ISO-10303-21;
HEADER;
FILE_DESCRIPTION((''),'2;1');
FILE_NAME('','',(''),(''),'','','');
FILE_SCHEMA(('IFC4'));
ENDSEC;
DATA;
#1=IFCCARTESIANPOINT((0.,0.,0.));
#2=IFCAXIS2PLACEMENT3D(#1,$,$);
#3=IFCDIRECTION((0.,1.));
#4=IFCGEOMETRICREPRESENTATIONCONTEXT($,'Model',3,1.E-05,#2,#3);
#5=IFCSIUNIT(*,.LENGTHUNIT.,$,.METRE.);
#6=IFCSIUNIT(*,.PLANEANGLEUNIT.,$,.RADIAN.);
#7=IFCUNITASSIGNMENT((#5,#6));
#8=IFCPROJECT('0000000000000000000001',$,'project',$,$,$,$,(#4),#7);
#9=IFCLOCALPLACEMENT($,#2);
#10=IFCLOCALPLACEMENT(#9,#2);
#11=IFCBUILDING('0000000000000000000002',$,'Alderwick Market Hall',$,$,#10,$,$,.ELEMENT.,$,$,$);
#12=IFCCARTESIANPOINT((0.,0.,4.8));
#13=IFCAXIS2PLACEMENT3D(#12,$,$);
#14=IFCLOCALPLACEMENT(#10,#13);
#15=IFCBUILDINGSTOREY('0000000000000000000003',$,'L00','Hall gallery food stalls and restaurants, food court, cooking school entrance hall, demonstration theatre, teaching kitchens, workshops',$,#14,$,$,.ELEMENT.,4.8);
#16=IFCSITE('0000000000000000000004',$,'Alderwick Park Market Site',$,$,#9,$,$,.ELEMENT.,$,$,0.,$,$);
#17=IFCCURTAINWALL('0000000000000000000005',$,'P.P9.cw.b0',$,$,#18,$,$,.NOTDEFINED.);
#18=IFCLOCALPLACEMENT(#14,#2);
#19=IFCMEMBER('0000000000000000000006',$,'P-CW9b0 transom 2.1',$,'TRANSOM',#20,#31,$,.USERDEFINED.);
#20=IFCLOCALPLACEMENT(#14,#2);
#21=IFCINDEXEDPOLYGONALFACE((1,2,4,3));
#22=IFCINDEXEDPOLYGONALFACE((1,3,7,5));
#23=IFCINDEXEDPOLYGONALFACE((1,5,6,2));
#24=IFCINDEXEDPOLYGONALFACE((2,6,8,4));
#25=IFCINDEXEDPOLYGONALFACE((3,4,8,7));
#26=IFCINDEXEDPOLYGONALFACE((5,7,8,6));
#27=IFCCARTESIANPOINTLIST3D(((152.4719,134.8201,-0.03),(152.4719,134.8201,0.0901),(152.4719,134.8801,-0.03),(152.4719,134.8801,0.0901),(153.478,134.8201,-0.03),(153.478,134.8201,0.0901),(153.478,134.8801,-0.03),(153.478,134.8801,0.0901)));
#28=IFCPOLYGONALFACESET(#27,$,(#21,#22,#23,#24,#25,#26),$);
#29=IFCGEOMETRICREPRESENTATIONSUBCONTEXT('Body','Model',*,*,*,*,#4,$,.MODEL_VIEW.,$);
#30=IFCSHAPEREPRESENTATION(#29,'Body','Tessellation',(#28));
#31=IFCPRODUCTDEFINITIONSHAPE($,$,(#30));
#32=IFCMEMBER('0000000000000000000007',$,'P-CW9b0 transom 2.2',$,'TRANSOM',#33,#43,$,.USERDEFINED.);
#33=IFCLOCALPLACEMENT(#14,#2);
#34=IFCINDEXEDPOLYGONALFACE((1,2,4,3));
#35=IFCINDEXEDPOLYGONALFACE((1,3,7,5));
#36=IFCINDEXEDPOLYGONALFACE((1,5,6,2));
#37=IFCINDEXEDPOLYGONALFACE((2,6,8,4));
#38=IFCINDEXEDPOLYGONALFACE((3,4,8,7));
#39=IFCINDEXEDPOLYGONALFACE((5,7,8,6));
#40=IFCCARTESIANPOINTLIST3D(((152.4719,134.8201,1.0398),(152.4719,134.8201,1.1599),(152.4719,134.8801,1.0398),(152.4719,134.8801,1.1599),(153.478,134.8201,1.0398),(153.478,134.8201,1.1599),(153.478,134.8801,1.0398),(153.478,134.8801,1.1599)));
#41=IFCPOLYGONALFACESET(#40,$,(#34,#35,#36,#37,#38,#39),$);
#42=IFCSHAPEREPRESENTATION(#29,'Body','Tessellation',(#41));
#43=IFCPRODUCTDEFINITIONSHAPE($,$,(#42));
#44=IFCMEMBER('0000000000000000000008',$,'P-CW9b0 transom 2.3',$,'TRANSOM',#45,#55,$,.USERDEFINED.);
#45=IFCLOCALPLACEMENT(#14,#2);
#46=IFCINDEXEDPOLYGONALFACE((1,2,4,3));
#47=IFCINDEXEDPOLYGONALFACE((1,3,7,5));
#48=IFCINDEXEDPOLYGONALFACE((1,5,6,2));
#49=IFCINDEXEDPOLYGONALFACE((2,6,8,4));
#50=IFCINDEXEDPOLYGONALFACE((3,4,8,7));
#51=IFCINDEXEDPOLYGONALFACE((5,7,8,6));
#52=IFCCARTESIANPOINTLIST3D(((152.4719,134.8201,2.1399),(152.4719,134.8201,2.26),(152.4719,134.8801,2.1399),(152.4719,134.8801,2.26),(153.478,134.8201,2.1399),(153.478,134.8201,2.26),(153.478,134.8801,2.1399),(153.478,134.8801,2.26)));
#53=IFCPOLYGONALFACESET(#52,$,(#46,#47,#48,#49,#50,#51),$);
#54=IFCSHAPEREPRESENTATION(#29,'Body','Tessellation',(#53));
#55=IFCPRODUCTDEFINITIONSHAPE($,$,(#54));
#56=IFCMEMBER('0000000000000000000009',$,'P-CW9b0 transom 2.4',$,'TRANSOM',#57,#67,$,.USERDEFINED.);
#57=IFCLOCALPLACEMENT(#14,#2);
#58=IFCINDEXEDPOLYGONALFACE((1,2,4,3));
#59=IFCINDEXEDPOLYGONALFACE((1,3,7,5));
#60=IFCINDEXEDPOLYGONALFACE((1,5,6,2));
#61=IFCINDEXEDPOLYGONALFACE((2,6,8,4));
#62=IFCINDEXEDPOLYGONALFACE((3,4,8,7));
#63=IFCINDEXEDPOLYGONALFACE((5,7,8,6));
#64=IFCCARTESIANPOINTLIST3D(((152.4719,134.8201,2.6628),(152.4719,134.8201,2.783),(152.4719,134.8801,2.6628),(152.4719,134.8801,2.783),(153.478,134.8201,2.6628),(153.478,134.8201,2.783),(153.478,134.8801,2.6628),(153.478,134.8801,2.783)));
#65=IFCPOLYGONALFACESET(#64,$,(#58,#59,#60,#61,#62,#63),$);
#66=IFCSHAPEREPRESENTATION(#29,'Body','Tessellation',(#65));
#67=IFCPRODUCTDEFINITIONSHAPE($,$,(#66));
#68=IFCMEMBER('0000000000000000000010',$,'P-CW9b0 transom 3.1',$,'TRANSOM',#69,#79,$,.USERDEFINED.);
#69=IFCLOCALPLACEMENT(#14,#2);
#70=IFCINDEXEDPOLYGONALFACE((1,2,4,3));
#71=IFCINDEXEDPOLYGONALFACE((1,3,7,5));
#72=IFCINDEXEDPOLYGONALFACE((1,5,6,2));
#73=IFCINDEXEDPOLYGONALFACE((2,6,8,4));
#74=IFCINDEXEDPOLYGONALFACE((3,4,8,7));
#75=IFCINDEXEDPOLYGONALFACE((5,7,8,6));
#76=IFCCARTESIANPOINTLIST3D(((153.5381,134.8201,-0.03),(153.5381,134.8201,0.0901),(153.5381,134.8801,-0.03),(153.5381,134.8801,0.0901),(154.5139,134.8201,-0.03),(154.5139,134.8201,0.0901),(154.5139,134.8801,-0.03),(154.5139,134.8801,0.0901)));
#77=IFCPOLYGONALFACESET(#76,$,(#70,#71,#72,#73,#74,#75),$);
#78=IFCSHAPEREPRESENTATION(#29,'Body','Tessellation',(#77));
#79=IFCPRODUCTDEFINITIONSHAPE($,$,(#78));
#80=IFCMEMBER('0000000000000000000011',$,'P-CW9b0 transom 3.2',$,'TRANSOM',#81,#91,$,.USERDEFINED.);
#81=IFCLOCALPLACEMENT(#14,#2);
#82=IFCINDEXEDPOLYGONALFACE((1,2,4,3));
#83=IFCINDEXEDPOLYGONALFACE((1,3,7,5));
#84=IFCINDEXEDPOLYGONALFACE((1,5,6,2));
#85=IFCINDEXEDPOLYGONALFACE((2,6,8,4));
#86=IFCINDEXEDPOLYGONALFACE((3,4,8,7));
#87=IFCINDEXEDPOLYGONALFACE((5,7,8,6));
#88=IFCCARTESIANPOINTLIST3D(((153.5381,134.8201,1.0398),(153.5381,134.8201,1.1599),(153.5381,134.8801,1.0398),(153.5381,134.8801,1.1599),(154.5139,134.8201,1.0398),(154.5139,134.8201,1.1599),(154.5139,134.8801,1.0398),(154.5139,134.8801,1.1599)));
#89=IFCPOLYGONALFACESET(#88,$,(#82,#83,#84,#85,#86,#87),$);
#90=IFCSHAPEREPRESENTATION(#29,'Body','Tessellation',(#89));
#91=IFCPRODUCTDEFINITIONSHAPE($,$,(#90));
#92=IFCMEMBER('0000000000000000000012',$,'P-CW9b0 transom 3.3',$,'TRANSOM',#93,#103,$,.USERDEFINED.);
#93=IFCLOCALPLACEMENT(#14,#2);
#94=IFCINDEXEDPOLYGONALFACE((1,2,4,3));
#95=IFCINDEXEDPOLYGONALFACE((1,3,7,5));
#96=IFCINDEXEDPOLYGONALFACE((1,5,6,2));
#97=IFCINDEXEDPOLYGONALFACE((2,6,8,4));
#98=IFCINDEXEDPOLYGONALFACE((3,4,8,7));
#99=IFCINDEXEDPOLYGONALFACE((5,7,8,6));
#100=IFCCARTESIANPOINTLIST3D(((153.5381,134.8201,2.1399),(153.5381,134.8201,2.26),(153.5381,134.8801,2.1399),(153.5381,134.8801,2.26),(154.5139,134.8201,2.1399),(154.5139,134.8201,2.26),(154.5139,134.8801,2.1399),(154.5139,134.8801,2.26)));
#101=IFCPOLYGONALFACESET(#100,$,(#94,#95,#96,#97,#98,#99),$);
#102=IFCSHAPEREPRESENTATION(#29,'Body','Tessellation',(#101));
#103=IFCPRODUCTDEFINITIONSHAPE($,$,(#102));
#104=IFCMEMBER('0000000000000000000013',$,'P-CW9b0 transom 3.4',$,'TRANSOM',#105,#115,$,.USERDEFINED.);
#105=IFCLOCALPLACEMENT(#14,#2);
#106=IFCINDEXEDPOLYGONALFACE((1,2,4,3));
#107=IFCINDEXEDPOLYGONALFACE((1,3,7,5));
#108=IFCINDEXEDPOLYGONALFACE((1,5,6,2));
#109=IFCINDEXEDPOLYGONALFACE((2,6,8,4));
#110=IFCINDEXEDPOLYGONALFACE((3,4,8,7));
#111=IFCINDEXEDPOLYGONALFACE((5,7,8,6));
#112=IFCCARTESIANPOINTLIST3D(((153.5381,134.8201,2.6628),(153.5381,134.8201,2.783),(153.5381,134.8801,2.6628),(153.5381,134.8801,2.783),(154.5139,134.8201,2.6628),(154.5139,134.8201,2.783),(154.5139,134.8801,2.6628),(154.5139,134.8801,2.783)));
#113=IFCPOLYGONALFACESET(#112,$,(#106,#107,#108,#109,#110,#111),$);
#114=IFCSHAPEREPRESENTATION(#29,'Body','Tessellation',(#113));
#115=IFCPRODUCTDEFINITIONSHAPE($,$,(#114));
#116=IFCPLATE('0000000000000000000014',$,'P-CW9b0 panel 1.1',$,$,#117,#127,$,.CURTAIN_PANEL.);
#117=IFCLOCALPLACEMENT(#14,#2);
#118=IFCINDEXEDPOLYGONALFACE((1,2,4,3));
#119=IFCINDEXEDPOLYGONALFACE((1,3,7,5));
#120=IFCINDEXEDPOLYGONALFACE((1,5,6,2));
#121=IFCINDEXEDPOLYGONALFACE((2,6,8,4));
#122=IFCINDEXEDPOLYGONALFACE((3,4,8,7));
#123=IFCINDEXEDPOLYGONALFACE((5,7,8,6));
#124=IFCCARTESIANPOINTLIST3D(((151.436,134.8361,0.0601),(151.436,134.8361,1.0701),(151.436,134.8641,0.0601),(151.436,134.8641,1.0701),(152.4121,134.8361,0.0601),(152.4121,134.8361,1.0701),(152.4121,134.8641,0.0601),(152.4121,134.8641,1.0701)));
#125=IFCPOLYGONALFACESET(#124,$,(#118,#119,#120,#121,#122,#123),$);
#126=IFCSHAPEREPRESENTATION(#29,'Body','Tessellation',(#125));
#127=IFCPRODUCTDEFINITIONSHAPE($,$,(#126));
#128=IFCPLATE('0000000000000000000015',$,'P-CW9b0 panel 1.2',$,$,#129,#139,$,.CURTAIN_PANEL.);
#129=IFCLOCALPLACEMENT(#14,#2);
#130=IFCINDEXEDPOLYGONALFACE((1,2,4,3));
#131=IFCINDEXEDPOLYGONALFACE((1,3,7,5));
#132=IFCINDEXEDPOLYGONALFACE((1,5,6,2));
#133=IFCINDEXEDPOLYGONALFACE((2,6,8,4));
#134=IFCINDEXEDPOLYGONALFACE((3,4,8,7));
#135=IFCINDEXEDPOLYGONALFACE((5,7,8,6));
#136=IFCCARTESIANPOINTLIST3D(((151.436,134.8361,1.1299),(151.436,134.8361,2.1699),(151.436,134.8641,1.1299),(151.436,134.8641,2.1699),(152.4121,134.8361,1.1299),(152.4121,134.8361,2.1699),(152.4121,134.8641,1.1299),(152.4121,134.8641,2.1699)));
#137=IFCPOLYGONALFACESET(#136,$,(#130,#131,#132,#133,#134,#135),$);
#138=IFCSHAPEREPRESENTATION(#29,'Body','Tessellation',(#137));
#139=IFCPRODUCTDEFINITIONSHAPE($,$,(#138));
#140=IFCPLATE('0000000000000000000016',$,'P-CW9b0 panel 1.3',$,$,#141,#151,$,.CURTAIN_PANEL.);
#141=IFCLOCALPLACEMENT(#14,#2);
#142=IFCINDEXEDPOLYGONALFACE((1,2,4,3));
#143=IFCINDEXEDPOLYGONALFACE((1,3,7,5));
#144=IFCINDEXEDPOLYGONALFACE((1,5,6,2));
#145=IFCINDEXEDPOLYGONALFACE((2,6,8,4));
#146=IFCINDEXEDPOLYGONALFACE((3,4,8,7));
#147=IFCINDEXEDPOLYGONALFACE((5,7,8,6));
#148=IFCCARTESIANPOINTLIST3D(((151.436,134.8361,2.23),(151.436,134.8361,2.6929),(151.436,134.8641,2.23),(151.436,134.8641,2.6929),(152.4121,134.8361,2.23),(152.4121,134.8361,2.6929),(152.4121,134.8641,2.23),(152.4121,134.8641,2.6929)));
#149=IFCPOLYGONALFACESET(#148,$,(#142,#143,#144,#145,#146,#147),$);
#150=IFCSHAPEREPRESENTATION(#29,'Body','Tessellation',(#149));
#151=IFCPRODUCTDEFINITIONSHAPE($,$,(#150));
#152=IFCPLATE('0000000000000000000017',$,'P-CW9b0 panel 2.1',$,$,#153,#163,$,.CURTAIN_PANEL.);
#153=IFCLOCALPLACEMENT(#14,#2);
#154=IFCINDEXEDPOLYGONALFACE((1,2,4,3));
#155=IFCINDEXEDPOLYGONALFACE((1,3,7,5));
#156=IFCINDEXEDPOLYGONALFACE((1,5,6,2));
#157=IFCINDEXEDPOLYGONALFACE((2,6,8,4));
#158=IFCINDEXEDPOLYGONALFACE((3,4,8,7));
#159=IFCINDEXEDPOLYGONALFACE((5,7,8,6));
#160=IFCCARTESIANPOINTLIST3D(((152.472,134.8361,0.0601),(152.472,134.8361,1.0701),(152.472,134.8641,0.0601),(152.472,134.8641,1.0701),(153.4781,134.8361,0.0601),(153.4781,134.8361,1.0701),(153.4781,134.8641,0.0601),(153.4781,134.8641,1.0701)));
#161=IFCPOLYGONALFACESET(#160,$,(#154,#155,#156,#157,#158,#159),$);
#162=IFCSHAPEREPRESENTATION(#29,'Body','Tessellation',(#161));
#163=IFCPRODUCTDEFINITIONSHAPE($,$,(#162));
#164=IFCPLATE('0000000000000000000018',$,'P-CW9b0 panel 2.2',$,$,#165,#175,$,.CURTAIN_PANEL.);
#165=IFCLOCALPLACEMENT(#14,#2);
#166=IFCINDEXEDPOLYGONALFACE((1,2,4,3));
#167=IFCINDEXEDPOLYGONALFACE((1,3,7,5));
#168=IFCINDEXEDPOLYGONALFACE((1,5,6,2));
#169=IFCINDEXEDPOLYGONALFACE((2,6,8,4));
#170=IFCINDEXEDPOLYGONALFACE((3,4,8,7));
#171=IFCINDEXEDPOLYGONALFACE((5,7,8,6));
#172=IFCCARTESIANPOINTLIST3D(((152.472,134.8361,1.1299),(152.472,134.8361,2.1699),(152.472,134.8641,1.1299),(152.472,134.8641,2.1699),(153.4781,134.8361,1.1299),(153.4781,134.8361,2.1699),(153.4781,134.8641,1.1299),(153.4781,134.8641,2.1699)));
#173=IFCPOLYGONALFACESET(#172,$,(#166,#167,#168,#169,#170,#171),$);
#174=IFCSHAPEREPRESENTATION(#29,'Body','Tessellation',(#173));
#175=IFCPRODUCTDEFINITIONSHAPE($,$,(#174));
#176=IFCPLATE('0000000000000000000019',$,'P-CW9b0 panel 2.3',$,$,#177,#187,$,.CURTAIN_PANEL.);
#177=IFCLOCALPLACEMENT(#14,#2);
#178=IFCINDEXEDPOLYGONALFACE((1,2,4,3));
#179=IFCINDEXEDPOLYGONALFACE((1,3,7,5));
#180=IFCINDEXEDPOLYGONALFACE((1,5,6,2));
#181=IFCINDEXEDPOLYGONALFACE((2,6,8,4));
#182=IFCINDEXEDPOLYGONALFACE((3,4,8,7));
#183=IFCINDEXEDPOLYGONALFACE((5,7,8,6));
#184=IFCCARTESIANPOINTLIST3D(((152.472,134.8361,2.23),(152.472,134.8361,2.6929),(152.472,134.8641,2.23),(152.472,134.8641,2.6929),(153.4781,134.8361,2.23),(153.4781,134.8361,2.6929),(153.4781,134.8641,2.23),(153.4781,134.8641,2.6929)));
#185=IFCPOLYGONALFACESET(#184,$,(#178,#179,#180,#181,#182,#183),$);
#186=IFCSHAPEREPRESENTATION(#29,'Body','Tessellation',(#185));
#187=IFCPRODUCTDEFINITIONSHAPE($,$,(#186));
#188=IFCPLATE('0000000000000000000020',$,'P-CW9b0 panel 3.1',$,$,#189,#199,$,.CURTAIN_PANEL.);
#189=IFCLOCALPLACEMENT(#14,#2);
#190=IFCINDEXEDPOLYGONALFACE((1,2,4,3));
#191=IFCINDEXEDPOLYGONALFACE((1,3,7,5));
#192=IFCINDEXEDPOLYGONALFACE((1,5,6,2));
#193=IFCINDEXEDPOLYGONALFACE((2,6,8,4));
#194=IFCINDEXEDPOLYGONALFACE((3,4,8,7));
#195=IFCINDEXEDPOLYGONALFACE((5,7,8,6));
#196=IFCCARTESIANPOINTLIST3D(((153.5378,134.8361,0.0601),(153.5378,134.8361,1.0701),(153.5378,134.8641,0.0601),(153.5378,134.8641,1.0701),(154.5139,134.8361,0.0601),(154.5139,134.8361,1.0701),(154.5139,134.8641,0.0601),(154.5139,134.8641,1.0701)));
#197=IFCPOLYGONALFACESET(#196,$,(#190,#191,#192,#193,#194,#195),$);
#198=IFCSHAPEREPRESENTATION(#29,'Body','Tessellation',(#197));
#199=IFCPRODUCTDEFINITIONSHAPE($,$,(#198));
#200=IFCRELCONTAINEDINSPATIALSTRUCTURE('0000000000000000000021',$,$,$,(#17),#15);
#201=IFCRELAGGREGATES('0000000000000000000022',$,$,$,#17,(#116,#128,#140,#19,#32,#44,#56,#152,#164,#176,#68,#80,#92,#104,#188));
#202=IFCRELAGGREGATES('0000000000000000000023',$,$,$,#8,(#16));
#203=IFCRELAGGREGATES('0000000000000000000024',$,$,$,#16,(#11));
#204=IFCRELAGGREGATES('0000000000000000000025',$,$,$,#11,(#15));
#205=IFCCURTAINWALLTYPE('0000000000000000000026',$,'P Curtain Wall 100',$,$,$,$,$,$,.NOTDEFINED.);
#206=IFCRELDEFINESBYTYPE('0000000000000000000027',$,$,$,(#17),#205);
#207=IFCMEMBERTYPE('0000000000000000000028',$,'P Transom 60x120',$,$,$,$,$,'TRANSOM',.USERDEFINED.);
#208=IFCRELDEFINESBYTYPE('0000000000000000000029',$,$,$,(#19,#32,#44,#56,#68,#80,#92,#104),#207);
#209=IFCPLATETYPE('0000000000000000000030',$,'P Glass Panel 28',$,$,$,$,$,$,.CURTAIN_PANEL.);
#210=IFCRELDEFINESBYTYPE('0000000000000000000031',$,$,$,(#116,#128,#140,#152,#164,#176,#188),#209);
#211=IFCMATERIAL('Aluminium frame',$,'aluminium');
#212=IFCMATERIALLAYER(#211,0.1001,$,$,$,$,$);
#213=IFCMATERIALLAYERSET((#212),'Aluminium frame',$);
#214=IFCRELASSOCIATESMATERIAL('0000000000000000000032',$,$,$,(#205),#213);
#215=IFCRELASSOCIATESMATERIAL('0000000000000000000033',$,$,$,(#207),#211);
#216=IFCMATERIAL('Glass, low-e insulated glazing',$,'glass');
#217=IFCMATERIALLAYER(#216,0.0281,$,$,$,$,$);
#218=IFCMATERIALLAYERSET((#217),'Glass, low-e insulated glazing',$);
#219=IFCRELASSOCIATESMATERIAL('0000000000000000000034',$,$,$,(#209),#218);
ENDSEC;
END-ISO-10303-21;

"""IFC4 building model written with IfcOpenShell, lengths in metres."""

from ifc_helpers import new_model, si_unit, direction, frame, origin, origin_2d, place, context, subcontext, project, spatial, rectangle, extrude, material, layer, layer_set, material_profile, profile_set, type_object, element, aggregate, save


model = new_model("IFC4")

# Units and contexts
model_context = context("Model", 3, precision=1e-05, world=origin(), true_north=direction((0.0, 1.0)))
body_context = subcontext(model_context, "Body", "Model", "MODEL_VIEW")
ifc_project = project(units=[si_unit("LENGTHUNIT", "METRE"), si_unit("PLANEANGLEUNIT", "RADIAN")], contexts=[model_context])

# Site, building, storey
site_placement = place(None, origin())
site = spatial("IfcSite", under=ifc_project, at=site_placement, Name="Alderwick Park Market Site", CompositionType="ELEMENT", RefElevation=0.0)
building_placement = place(site_placement, origin())
building = spatial("IfcBuilding", under=site, at=building_placement, Name="Alderwick Market Hall", CompositionType="ELEMENT")
storey_placement = place(building_placement, frame((0.0, 0.0, 4.8)))
storey = spatial("IfcBuildingStorey", under=building, at=storey_placement, Name="L00", Description="Hall gallery food stalls and restaurants, food court, cooking school entrance hall, demonstration theatre, teaching kitchens, workshops", CompositionType="ELEMENT", Elevation=4.8)

# Curtain wall
ifc_material_1 = material(Name="Aluminium frame", Category="aluminium")
ifc_layer_1 = layer(ifc_material_1, 0.1001)
ifc_layer_set_1 = layer_set([ifc_layer_1], Name="Aluminium frame")
curtain_wall_type = type_object("IfcCurtainWallType", Name="P Curtain Wall 100", PredefinedType="NOTDEFINED", material=ifc_layer_set_1)
curtain_wall_1_placement = place(storey_placement, origin())
curtain_wall_1 = element("IfcCurtainWall", 1, at=curtain_wall_1_placement, inside=storey, type_object=curtain_wall_type, Name="P.P9.cw.b0", PredefinedType="NOTDEFINED")

# Members
ifc_material_profile_1 = material_profile(ifc_material_1, rectangle(XDim=0.0601, YDim=0.1201, at=origin_2d()), Name="P Transom 60x120")
ifc_profile_set_1 = profile_set([ifc_material_profile_1], Name="Aluminium frame")
member_type_1 = type_object("IfcMemberType", Name="P Transom 60x120", ElementType="TRANSOM", PredefinedType="USERDEFINED", material=ifc_profile_set_1)
member_1_placement = place(storey_placement, frame((152.4719, 134.8501, 0.03), z_axis=(1.0, 0.0, 0.0), x_axis=(0.0, 1.0, 0.0)))
member_1 = element("IfcMember", 2, at=member_1_placement, type_object=member_type_1, Name="P-CW9b0 transom 2.1", ObjectType="TRANSOM", PredefinedType="USERDEFINED", context=body_context, shape_type="SweptSolid", body=[
    extrude(rectangle(XDim=0.0601, YDim=0.1201, at=origin_2d()), origin(), (0.0, 0.0, 1.0), 1.0061),
])
member_2_placement = place(storey_placement, frame((152.4719, 134.8501, 1.0999), z_axis=(1.0, 0.0, 0.0), x_axis=(0.0, 1.0, 0.0)))
member_2 = element("IfcMember", 3, at=member_2_placement, type_object=member_type_1, Name="P-CW9b0 transom 2.2", ObjectType="TRANSOM", PredefinedType="USERDEFINED", context=body_context, shape_type="SweptSolid", body=[
    extrude(rectangle(XDim=0.0601, YDim=0.1201, at=origin_2d()), origin(), (0.0, 0.0, 1.0), 1.0061),
])
member_3_placement = place(storey_placement, frame((152.4719, 134.8501, 2.2), z_axis=(1.0, 0.0, 0.0), x_axis=(0.0, 1.0, 0.0)))
member_3 = element("IfcMember", 4, at=member_3_placement, type_object=member_type_1, Name="P-CW9b0 transom 2.3", ObjectType="TRANSOM", PredefinedType="USERDEFINED", context=body_context, shape_type="SweptSolid", body=[
    extrude(rectangle(XDim=0.0601, YDim=0.1201, at=origin_2d()), origin(), (0.0, 0.0, 1.0), 1.0061),
])
member_4_placement = place(storey_placement, frame((152.4719, 134.8501, 2.7229), z_axis=(1.0, 0.0, 0.0), x_axis=(0.0, 1.0, 0.0)))
member_4 = element("IfcMember", 5, at=member_4_placement, type_object=member_type_1, Name="P-CW9b0 transom 2.4", ObjectType="TRANSOM", PredefinedType="USERDEFINED", context=body_context, shape_type="SweptSolid", body=[
    extrude(rectangle(XDim=0.0601, YDim=0.1201, at=origin_2d()), origin(), (0.0, 0.0, 1.0), 1.0061),
])
member_5_placement = place(storey_placement, frame((153.5381, 134.8501, 0.03), z_axis=(1.0, 0.0, 0.0), x_axis=(0.0, 1.0, 0.0)))
member_5 = element("IfcMember", 6, at=member_5_placement, type_object=member_type_1, Name="P-CW9b0 transom 3.1", ObjectType="TRANSOM", PredefinedType="USERDEFINED", context=body_context, shape_type="SweptSolid", body=[
    extrude(rectangle(XDim=0.0601, YDim=0.1201, at=origin_2d()), origin(), (0.0, 0.0, 1.0), 0.9758),
])
member_6_placement = place(storey_placement, frame((153.5381, 134.8501, 1.0999), z_axis=(1.0, 0.0, 0.0), x_axis=(0.0, 1.0, 0.0)))
member_6 = element("IfcMember", 7, at=member_6_placement, type_object=member_type_1, Name="P-CW9b0 transom 3.2", ObjectType="TRANSOM", PredefinedType="USERDEFINED", context=body_context, shape_type="SweptSolid", body=[
    extrude(rectangle(XDim=0.0601, YDim=0.1201, at=origin_2d()), origin(), (0.0, 0.0, 1.0), 0.9758),
])
member_7_placement = place(storey_placement, frame((153.5381, 134.8501, 2.2), z_axis=(1.0, 0.0, 0.0), x_axis=(0.0, 1.0, 0.0)))
member_7 = element("IfcMember", 8, at=member_7_placement, type_object=member_type_1, Name="P-CW9b0 transom 3.3", ObjectType="TRANSOM", PredefinedType="USERDEFINED", context=body_context, shape_type="SweptSolid", body=[
    extrude(rectangle(XDim=0.0601, YDim=0.1201, at=origin_2d()), origin(), (0.0, 0.0, 1.0), 0.9758),
])
member_8_placement = place(storey_placement, frame((153.5381, 134.8501, 2.7229), z_axis=(1.0, 0.0, 0.0), x_axis=(0.0, 1.0, 0.0)))
member_8 = element("IfcMember", 9, at=member_8_placement, type_object=member_type_1, Name="P-CW9b0 transom 3.4", ObjectType="TRANSOM", PredefinedType="USERDEFINED", context=body_context, shape_type="SweptSolid", body=[
    extrude(rectangle(XDim=0.0601, YDim=0.1201, at=origin_2d()), origin(), (0.0, 0.0, 1.0), 0.9758),
])

# Plates
ifc_material_2 = material(Name="Glass, low-e insulated glazing", Category="glass")
ifc_layer_2 = layer(ifc_material_2, 0.0281)
ifc_layer_set_2 = layer_set([ifc_layer_2], Name="Glass, low-e insulated glazing")
plate_type = type_object("IfcPlateType", Name="P Glass Panel 28", PredefinedType="CURTAIN_PANEL", material=ifc_layer_set_2)
plate_1_placement = place(storey_placement, frame((151.9241, 134.8501, 0.0601), z_axis=(0.0, 0.0, 1.0), x_axis=(1.0, 0.0, 0.0)))
plate_1 = element("IfcPlate", 10, at=plate_1_placement, type_object=plate_type, Name="P-CW9b0 panel 1.1", PredefinedType="CURTAIN_PANEL", context=body_context, shape_type="SweptSolid", body=[
    extrude(rectangle(XDim=0.9761, YDim=0.0281, at=origin_2d()), origin(), (0.0, 0.0, 1.0), 1.01),
])
plate_2_placement = place(storey_placement, frame((151.9241, 134.8501, 1.1299), z_axis=(0.0, 0.0, 1.0), x_axis=(1.0, 0.0, 0.0)))
plate_2 = element("IfcPlate", 11, at=plate_2_placement, type_object=plate_type, Name="P-CW9b0 panel 1.2", PredefinedType="CURTAIN_PANEL", context=body_context, shape_type="SweptSolid", body=[
    extrude(rectangle(XDim=0.9761, YDim=0.0281, at=origin_2d()), origin(), (0.0, 0.0, 1.0), 1.04),
])
plate_3_placement = place(storey_placement, frame((151.9241, 134.8501, 2.23), z_axis=(0.0, 0.0, 1.0), x_axis=(1.0, 0.0, 0.0)))
plate_3 = element("IfcPlate", 12, at=plate_3_placement, type_object=plate_type, Name="P-CW9b0 panel 1.3", PredefinedType="CURTAIN_PANEL", context=body_context, shape_type="SweptSolid", body=[
    extrude(rectangle(XDim=0.9761, YDim=0.0281, at=origin_2d()), origin(), (0.0, 0.0, 1.0), 0.4629),
])
plate_4_placement = place(storey_placement, frame((152.9751, 134.8501, 0.0601), z_axis=(0.0, 0.0, 1.0), x_axis=(1.0, 0.0, 0.0)))
plate_4 = element("IfcPlate", 13, at=plate_4_placement, type_object=plate_type, Name="P-CW9b0 panel 2.1", PredefinedType="CURTAIN_PANEL", context=body_context, shape_type="SweptSolid", body=[
    extrude(rectangle(XDim=1.0061, YDim=0.0281, at=origin_2d()), origin(), (0.0, 0.0, 1.0), 1.01),
])
plate_5_placement = place(storey_placement, frame((152.9751, 134.8501, 1.1299), z_axis=(0.0, 0.0, 1.0), x_axis=(1.0, 0.0, 0.0)))
plate_5 = element("IfcPlate", 14, at=plate_5_placement, type_object=plate_type, Name="P-CW9b0 panel 2.2", PredefinedType="CURTAIN_PANEL", context=body_context, shape_type="SweptSolid", body=[
    extrude(rectangle(XDim=1.0061, YDim=0.0281, at=origin_2d()), origin(), (0.0, 0.0, 1.0), 1.04),
])
plate_6_placement = place(storey_placement, frame((152.9751, 134.8501, 2.23), z_axis=(0.0, 0.0, 1.0), x_axis=(1.0, 0.0, 0.0)))
plate_6 = element("IfcPlate", 15, at=plate_6_placement, type_object=plate_type, Name="P-CW9b0 panel 2.3", PredefinedType="CURTAIN_PANEL", context=body_context, shape_type="SweptSolid", body=[
    extrude(rectangle(XDim=1.0061, YDim=0.0281, at=origin_2d()), origin(), (0.0, 0.0, 1.0), 0.4629),
])
plate_7_placement = place(storey_placement, frame((154.0259, 134.8501, 0.0601), z_axis=(0.0, 0.0, 1.0), x_axis=(1.0, 0.0, 0.0)))
plate_7 = element("IfcPlate", 16, at=plate_7_placement, type_object=plate_type, Name="P-CW9b0 panel 3.1", PredefinedType="CURTAIN_PANEL", context=body_context, shape_type="SweptSolid", body=[
    extrude(rectangle(XDim=0.9761, YDim=0.0281, at=origin_2d()), origin(), (0.0, 0.0, 1.0), 1.01),
])
aggregate(curtain_wall_1, [plate_1, plate_2, plate_3, member_1, member_2, member_3, member_4, plate_4, plate_5, plate_6, member_5, member_6, member_7, member_8, plate_7])

save(model, "model.ifc")
